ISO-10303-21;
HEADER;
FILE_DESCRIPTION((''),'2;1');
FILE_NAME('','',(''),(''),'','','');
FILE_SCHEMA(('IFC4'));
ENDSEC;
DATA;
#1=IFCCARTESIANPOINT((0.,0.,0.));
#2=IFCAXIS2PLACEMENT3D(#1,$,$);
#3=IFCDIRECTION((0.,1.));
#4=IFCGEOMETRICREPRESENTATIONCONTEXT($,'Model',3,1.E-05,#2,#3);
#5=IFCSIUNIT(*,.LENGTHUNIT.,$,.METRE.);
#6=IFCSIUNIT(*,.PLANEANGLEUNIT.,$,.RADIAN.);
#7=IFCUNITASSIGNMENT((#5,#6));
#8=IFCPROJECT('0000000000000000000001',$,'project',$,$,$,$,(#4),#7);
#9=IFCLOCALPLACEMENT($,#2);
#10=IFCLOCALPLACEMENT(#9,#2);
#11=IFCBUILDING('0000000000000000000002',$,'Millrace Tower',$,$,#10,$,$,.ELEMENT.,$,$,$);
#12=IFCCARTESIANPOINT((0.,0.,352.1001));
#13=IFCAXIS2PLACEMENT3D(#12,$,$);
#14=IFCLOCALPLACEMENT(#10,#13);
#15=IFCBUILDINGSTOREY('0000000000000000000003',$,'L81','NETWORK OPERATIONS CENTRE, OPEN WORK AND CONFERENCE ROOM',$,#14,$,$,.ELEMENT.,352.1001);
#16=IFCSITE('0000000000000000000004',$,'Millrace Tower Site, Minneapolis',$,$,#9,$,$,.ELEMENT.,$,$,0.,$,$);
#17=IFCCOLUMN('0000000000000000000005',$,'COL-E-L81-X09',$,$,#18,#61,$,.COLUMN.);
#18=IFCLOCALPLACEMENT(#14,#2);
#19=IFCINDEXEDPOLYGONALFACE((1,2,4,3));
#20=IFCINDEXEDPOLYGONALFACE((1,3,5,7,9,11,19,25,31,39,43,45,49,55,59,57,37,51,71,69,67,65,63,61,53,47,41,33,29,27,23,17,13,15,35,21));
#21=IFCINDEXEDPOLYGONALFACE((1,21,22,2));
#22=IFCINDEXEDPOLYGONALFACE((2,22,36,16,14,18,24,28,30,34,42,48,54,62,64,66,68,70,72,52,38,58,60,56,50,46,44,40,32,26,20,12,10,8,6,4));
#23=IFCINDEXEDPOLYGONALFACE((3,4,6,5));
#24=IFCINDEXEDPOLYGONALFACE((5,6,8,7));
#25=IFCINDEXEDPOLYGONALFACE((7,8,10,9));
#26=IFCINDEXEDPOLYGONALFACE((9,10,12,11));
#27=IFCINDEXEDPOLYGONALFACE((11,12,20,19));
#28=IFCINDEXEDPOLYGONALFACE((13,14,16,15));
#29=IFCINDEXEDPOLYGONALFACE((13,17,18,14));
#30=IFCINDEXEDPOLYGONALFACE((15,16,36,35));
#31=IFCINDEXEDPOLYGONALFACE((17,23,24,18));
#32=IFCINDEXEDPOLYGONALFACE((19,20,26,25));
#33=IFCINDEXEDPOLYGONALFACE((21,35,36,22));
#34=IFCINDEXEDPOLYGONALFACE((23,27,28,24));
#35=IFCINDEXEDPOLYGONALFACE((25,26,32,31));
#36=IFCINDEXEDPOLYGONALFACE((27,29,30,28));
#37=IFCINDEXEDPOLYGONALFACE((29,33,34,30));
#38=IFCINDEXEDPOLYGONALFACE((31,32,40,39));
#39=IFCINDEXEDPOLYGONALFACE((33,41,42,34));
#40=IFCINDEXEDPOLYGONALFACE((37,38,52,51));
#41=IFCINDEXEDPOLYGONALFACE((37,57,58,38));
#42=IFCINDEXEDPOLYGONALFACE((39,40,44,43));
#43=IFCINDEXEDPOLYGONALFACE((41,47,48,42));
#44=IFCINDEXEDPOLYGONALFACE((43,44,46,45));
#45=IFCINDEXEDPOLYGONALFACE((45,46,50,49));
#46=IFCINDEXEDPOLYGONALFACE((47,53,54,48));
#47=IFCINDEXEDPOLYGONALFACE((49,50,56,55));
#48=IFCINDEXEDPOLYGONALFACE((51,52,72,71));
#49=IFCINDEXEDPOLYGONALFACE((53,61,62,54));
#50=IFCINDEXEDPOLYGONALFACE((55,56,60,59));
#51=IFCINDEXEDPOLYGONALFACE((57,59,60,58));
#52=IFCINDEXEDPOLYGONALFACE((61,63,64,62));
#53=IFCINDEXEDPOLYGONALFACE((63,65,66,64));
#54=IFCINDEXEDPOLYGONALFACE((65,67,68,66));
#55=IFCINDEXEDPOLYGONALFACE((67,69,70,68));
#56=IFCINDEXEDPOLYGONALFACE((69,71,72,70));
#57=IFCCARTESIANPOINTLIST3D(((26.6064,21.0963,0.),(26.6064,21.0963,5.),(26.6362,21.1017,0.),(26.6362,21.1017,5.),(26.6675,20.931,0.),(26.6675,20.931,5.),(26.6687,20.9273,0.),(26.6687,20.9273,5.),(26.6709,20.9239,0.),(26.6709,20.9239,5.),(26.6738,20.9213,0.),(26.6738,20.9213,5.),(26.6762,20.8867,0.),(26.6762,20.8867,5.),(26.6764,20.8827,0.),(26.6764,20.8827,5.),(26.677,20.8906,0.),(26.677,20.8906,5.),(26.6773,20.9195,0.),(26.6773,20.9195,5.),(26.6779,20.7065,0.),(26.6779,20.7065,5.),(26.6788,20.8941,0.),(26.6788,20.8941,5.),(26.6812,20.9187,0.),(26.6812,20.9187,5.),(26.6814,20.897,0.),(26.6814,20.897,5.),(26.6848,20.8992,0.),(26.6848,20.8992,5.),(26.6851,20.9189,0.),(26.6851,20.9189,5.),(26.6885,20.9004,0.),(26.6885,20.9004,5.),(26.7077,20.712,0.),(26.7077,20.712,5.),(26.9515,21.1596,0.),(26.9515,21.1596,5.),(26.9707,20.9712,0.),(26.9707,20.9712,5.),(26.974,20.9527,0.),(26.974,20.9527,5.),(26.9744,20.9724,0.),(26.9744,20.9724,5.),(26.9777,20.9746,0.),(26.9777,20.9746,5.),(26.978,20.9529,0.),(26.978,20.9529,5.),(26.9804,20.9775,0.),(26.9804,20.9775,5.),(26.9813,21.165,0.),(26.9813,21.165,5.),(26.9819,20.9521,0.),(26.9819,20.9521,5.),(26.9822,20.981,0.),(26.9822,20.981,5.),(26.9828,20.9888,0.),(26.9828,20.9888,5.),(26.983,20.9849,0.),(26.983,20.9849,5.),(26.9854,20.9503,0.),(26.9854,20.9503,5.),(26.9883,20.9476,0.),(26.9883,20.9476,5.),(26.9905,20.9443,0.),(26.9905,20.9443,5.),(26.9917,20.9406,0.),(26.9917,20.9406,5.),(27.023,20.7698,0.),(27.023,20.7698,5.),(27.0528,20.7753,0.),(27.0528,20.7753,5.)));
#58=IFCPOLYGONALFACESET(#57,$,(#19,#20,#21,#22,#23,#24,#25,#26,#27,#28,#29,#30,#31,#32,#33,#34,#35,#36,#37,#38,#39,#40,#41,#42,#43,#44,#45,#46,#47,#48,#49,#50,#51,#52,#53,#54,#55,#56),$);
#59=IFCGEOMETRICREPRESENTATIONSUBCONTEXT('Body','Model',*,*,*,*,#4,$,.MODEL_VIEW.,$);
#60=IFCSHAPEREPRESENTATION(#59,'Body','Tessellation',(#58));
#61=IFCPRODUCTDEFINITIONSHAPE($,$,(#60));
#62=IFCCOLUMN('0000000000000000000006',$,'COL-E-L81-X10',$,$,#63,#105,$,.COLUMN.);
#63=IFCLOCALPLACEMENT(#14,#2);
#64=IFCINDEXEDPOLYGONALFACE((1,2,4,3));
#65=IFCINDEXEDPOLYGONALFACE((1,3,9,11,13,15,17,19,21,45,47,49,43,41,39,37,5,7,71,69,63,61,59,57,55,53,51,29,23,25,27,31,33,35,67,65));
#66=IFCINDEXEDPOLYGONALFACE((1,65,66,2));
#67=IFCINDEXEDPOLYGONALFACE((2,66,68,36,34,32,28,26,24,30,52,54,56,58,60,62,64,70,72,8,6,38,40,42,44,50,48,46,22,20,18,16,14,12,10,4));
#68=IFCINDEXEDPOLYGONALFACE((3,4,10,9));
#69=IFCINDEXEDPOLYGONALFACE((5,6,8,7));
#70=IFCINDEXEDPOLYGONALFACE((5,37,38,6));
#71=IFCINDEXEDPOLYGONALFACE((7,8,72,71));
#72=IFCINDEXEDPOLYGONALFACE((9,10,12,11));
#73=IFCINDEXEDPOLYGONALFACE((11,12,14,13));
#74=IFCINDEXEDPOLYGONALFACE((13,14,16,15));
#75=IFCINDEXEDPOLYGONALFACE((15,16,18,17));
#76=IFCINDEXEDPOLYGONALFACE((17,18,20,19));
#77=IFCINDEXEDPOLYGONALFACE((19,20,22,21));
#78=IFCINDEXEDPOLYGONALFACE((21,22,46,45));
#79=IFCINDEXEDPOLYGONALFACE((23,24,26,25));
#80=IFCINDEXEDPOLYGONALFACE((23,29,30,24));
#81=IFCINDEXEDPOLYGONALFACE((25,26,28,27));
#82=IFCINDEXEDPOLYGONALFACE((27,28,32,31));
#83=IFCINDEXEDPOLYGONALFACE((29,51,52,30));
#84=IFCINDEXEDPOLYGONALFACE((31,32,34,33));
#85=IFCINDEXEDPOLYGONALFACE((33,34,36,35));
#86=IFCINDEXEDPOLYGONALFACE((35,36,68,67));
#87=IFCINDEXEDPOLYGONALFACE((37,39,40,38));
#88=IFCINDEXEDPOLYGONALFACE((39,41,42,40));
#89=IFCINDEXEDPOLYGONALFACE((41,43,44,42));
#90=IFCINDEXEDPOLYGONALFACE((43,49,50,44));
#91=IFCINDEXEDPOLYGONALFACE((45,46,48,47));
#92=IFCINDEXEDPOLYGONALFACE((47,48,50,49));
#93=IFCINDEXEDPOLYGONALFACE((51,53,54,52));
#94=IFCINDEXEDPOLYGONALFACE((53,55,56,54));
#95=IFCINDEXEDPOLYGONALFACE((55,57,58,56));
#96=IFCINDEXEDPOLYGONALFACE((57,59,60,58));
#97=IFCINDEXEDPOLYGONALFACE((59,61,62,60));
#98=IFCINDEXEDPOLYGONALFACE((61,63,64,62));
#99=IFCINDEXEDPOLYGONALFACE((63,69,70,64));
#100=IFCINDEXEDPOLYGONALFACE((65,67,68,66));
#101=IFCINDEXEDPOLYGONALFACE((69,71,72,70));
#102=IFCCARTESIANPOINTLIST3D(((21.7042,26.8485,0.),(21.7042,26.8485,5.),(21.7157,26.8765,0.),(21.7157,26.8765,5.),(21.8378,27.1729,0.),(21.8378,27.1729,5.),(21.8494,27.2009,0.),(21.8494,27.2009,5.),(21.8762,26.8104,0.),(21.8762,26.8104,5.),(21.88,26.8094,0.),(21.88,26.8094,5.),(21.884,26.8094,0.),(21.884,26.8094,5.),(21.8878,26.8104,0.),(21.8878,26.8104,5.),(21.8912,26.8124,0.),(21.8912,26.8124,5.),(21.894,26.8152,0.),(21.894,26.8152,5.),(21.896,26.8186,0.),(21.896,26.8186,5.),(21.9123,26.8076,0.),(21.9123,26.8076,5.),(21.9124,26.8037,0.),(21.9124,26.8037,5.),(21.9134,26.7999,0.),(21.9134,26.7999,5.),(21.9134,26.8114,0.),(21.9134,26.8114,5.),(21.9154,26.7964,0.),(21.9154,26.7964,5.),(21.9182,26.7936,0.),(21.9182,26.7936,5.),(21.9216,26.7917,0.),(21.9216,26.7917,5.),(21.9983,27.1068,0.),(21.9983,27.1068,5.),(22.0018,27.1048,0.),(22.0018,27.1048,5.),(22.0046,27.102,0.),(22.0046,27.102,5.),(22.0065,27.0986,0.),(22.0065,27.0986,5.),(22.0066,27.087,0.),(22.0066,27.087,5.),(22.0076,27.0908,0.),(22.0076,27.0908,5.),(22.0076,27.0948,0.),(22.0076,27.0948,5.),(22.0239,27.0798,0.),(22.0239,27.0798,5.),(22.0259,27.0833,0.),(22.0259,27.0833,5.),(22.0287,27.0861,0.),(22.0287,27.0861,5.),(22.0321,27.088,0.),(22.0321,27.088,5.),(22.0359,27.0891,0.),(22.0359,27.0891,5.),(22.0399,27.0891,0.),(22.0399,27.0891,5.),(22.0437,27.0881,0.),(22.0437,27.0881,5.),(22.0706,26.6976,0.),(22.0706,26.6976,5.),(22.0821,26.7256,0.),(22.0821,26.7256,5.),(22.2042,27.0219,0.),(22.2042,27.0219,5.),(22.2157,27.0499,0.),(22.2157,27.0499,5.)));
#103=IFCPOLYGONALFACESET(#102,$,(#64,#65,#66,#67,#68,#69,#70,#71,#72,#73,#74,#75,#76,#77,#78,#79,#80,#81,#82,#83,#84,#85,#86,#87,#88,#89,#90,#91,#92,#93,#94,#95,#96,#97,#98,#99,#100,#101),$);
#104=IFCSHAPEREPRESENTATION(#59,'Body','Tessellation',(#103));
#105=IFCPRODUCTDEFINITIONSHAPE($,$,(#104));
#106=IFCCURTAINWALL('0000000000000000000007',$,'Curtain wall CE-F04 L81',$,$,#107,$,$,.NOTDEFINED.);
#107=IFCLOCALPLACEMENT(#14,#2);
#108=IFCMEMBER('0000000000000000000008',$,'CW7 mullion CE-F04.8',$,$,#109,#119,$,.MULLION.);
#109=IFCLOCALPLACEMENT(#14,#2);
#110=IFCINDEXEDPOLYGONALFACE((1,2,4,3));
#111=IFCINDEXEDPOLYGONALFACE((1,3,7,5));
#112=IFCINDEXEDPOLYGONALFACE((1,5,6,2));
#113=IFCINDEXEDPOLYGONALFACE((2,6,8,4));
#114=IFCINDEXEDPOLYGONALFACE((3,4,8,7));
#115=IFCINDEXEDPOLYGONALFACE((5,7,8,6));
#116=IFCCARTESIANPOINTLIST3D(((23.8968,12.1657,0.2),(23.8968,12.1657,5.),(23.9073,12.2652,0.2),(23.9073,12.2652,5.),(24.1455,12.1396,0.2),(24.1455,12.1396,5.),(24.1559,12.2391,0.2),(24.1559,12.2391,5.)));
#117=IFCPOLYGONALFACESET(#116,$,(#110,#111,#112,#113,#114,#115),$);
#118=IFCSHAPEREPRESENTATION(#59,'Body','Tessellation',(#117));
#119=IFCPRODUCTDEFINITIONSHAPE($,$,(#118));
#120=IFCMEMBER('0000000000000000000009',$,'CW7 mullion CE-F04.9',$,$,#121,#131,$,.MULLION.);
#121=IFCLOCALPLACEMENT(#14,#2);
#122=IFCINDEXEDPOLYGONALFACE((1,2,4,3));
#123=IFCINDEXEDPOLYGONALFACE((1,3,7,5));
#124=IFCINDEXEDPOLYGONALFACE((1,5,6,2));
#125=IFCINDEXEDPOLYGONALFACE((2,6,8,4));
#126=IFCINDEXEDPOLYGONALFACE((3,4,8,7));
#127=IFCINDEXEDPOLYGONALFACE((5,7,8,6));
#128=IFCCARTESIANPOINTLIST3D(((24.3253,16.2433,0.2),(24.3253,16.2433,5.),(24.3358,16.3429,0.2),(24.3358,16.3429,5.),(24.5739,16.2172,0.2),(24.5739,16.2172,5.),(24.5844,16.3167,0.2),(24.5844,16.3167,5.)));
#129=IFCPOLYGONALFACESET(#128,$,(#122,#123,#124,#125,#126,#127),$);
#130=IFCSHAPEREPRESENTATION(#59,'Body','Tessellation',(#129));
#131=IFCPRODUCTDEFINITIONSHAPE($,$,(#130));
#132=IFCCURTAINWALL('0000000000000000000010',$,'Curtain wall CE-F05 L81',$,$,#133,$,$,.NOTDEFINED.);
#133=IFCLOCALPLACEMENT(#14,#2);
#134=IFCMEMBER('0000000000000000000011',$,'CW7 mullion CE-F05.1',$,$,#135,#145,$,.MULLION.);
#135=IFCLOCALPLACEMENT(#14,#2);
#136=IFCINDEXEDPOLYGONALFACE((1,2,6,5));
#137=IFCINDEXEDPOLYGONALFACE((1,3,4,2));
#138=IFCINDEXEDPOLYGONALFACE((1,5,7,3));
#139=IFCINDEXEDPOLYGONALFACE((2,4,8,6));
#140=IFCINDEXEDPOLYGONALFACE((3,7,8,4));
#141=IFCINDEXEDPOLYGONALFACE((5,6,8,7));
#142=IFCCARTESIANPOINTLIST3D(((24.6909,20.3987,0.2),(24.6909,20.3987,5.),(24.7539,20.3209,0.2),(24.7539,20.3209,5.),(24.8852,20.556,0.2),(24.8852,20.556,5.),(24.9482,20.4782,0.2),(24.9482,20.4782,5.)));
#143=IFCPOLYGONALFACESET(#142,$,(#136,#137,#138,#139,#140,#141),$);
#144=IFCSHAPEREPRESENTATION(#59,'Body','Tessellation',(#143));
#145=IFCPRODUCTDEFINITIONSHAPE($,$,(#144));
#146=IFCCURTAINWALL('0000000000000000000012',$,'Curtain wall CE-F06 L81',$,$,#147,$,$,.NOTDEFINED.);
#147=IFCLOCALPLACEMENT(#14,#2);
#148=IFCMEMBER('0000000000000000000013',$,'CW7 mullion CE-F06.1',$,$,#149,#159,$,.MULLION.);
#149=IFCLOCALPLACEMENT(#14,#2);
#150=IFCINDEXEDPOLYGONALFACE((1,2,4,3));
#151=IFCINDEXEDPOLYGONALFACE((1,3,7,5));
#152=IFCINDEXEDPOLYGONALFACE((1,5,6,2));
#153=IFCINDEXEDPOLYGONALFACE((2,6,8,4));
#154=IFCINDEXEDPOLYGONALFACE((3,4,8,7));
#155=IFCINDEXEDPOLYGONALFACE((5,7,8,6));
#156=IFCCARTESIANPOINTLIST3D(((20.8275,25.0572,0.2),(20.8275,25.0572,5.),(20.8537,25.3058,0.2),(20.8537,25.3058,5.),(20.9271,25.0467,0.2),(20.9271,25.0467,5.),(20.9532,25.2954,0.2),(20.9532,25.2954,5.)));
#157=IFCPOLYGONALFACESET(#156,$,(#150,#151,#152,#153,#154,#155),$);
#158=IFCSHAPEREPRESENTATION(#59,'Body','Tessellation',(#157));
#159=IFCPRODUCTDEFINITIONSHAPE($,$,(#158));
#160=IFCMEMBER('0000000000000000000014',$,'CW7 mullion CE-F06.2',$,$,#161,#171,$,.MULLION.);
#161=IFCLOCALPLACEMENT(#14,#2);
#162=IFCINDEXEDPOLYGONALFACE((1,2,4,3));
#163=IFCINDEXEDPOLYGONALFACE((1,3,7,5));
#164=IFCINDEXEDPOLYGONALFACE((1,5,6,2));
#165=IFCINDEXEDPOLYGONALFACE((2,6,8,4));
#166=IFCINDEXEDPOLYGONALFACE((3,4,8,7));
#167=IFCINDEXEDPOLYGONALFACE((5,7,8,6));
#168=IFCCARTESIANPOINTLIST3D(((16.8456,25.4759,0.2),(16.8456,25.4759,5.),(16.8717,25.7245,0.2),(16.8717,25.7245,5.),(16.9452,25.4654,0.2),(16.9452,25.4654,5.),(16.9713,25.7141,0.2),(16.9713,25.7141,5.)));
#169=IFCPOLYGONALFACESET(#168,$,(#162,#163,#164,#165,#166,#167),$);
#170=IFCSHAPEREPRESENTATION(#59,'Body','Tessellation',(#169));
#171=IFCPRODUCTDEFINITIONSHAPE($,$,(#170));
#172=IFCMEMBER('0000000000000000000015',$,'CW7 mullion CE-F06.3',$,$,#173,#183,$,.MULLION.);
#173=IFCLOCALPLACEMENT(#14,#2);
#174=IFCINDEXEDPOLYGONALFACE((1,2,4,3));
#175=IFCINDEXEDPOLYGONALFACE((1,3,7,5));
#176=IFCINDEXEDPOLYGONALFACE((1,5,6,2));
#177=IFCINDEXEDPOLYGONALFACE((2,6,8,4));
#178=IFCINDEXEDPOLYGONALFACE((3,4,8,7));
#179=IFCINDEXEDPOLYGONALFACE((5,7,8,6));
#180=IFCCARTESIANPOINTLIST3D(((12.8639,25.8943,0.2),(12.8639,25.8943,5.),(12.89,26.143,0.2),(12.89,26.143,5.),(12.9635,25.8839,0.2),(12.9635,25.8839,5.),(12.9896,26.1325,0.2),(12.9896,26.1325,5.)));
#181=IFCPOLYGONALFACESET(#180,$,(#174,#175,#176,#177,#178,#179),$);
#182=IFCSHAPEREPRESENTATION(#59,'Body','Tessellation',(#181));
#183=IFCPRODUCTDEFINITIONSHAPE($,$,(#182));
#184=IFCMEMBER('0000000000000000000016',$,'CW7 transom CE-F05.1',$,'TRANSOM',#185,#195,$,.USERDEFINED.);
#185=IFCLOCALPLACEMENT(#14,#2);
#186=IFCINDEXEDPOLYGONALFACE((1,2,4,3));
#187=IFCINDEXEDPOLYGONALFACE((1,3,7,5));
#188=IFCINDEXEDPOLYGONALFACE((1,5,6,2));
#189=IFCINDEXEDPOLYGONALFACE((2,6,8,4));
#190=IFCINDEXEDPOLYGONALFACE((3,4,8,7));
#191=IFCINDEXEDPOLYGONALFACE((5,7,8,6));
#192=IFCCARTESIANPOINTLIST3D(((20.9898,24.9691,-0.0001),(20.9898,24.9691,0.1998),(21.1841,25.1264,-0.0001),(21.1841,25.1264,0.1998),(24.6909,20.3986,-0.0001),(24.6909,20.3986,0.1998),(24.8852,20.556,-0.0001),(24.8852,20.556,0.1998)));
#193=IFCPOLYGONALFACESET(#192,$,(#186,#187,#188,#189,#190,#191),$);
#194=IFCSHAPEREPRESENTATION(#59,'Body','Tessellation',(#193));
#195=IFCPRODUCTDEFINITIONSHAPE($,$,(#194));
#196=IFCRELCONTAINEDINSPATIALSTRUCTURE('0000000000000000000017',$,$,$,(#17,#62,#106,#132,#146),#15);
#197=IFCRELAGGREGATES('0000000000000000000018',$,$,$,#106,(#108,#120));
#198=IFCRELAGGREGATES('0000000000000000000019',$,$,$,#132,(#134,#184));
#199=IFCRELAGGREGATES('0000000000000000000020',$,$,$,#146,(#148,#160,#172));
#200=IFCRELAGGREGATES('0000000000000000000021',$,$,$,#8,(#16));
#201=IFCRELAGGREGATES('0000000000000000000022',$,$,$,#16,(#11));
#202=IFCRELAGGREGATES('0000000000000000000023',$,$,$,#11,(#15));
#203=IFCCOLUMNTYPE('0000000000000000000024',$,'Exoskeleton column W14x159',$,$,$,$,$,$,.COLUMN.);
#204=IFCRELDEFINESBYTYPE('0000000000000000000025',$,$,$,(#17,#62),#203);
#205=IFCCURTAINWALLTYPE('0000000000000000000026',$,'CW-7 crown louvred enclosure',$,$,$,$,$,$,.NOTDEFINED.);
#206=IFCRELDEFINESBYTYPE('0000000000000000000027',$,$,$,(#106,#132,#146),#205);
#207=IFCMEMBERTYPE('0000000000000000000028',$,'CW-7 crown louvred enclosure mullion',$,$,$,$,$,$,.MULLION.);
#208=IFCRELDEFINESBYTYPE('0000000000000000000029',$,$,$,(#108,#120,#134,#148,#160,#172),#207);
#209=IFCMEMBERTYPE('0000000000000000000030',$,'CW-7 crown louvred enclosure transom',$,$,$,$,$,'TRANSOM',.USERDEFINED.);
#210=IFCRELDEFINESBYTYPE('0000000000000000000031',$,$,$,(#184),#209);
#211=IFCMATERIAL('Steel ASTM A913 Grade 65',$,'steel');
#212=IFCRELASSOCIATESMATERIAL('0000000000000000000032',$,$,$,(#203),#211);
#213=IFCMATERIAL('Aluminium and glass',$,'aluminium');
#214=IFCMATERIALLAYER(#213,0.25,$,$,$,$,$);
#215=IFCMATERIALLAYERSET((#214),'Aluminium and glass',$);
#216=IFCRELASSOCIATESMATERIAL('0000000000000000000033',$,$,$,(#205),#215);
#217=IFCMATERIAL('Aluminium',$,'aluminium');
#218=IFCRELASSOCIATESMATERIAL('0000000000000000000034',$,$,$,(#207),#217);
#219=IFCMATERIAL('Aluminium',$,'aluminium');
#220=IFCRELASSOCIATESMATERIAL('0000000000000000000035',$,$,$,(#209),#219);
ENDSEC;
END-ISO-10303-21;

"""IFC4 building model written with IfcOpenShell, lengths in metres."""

from ifc_helpers import new_model, si_unit, direction, frame, origin, origin_2d, place, context, subcontext, project, spatial, rectangle, i_section, extrude, material, layer, layer_set, material_profile, profile_set, type_object, element, aggregate, save


model = new_model("IFC4")

# Units and contexts
model_context = context("Model", 3, precision=1e-05, world=origin(), true_north=direction((0.0, 1.0)))
body_context = subcontext(model_context, "Body", "Model", "MODEL_VIEW")
ifc_project = project(units=[si_unit("LENGTHUNIT", "METRE"), si_unit("PLANEANGLEUNIT", "RADIAN")], contexts=[model_context])

# Site, building, storey
site_placement = place(None, origin())
site = spatial("IfcSite", under=ifc_project, at=site_placement, Name="Millrace Tower Site, Minneapolis", CompositionType="ELEMENT", RefElevation=0.0)
building_placement = place(site_placement, origin())
building = spatial("IfcBuilding", under=site, at=building_placement, Name="Millrace Tower", CompositionType="ELEMENT")
storey_placement = place(building_placement, frame((0.0, 0.0, 352.1001)))
storey = spatial("IfcBuildingStorey", under=building, at=storey_placement, Name="L81", Description="NETWORK OPERATIONS CENTRE, OPEN WORK AND CONFERENCE ROOM", CompositionType="ELEMENT", Elevation=352.1001)

# Columns
ifc_material_1 = material(Name="Steel ASTM A913 Grade 65", Category="steel")
ifc_material_profile_1 = material_profile(ifc_material_1, i_section(OverallWidth=0.3962, OverallDepth=0.3811, WebThickness=0.0188, FlangeThickness=0.0303, FilletRadius=0.0151, at=origin_2d()))
ifc_profile_set_1 = profile_set([ifc_material_profile_1], Name="Steel ASTM A913 Grade 65")
column_type = type_object("IfcColumnType", Name="Exoskeleton column W14x159", PredefinedType="COLUMN", material=ifc_profile_set_1)
for number, where, z_axis, x_axis, name in (
    (1, (26.8296, 20.9358, 0.0), (0.0, 0.0, 1.0), (-0.180387, 0.983596, 0.0), "COL-E-L81-X09"),
    (2, (21.96, 26.9492, 0.0), (0.0, 0.0, 1.0), (-0.924597, 0.380947, 0.0), "COL-E-L81-X10"),
):
    element("IfcColumn", number, at=place(storey_placement, frame(where, z_axis=z_axis, x_axis=x_axis)), inside=storey, type_object=column_type, Name=name, PredefinedType="COLUMN", context=body_context, shape_type="SweptSolid", body=[
        extrude(i_section(OverallWidth=0.3962, OverallDepth=0.3811, WebThickness=0.0188, FlangeThickness=0.0303, FilletRadius=0.0151, at=origin_2d()), origin(), (0.0, 0.0, 1.0), 5.0),
    ])

# Curtain wall, members
ifc_material_2 = material(Name="Aluminium and glass", Category="aluminium")
ifc_layer_1 = layer(ifc_material_2, 0.25)
ifc_layer_set_1 = layer_set([ifc_layer_1], Name="Aluminium and glass")
curtain_wall_type = type_object("IfcCurtainWallType", Name="CW-7 crown louvred enclosure", PredefinedType="NOTDEFINED", material=ifc_layer_set_1)
placement = place(storey_placement, origin())
curtain_wall_1 = element("IfcCurtainWall", 3, at=placement, inside=storey, type_object=curtain_wall_type, Name="Curtain wall CE-F04 L81", PredefinedType="NOTDEFINED")
ifc_material_3 = material(Name="Aluminium", Category="aluminium")
ifc_material_profile_2 = material_profile(ifc_material_3, rectangle(XDim=0.1001, YDim=0.25, at=origin_2d()))
ifc_profile_set_2 = profile_set([ifc_material_profile_2], Name="Aluminium")
member_type_1 = type_object("IfcMemberType", Name="CW-7 crown louvred enclosure mullion", PredefinedType="MULLION", material=ifc_profile_set_2)
member_1_placement = place(storey_placement, frame((24.0264, 12.2024, 0.2), z_axis=(0.0, 0.0, 1.0), x_axis=(0.104528, 0.994522, 0.0)))
member_1 = element("IfcMember", 4, at=member_1_placement, type_object=member_type_1, Name="CW7 mullion CE-F04.8", PredefinedType="MULLION", context=body_context, shape_type="SweptSolid", body=[
    extrude(rectangle(XDim=0.1001, YDim=0.25, at=origin_2d()), origin(), (0.0, 0.0, 1.0), 4.8),
])
member_2_placement = place(storey_placement, frame((24.4548, 16.28, 0.2), z_axis=(0.0, 0.0, 1.0), x_axis=(0.104528, 0.994522, 0.0)))
member_2 = element("IfcMember", 5, at=member_2_placement, type_object=member_type_1, Name="CW7 mullion CE-F04.9", PredefinedType="MULLION", context=body_context, shape_type="SweptSolid", body=[
    extrude(rectangle(XDim=0.1001, YDim=0.25, at=origin_2d()), origin(), (0.0, 0.0, 1.0), 4.8),
])
aggregate(curtain_wall_1, [member_1, member_2])

# Curtain wall, member
curtain_wall_2 = element("IfcCurtainWall", 6, at=placement, inside=storey, type_object=curtain_wall_type, Name="Curtain wall CE-F05 L81", PredefinedType="NOTDEFINED")
member_3_placement = place(storey_placement, frame((24.8196, 20.4385, 0.2), z_axis=(0.0, 0.0, 1.0), x_axis=(-0.62932, 0.777146, 0.0)))
member_3 = element("IfcMember", 7, at=member_3_placement, type_object=member_type_1, Name="CW7 mullion CE-F05.1", PredefinedType="MULLION", context=body_context, shape_type="SweptSolid", body=[
    extrude(rectangle(XDim=0.1001, YDim=0.25, at=origin_2d()), origin(), (0.0, 0.0, 1.0), 4.8),
])

# Curtain wall, members
curtain_wall_3 = element("IfcCurtainWall", 8, at=placement, inside=storey, type_object=curtain_wall_type, Name="Curtain wall CE-F06 L81", PredefinedType="NOTDEFINED")
member_4_placement = place(storey_placement, frame((20.8904, 25.1763, 0.2), z_axis=(0.0, 0.0, 1.0), x_axis=(-0.994522, 0.104528, 0.0)))
member_4 = element("IfcMember", 9, at=member_4_placement, type_object=member_type_1, Name="CW7 mullion CE-F06.1", PredefinedType="MULLION", context=body_context, shape_type="SweptSolid", body=[
    extrude(rectangle(XDim=0.1001, YDim=0.25, at=origin_2d()), origin(), (0.0, 0.0, 1.0), 4.8),
])
member_5_placement = place(storey_placement, frame((16.9084, 25.595, 0.2), z_axis=(0.0, 0.0, 1.0), x_axis=(-0.994522, 0.104528, 0.0)))
member_5 = element("IfcMember", 10, at=member_5_placement, type_object=member_type_1, Name="CW7 mullion CE-F06.2", PredefinedType="MULLION", context=body_context, shape_type="SweptSolid", body=[
    extrude(rectangle(XDim=0.1001, YDim=0.25, at=origin_2d()), origin(), (0.0, 0.0, 1.0), 4.8),
])
member_6_placement = place(storey_placement, frame((12.9268, 26.0134, 0.2), z_axis=(0.0, 0.0, 1.0), x_axis=(-0.994522, 0.104528, 0.0)))
member_6 = element("IfcMember", 11, at=member_6_placement, type_object=member_type_1, Name="CW7 mullion CE-F06.3", PredefinedType="MULLION", context=body_context, shape_type="SweptSolid", body=[
    extrude(rectangle(XDim=0.1001, YDim=0.25, at=origin_2d()), origin(), (0.0, 0.0, 1.0), 4.8),
])

# Member
ifc_material_4 = material(Name="Aluminium", Category="aluminium")
ifc_material_profile_3 = material_profile(ifc_material_4, rectangle(XDim=0.25, YDim=0.2, at=origin_2d()))
ifc_profile_set_3 = profile_set([ifc_material_profile_3], Name="Aluminium")
member_type_2 = type_object("IfcMemberType", Name="CW-7 crown louvred enclosure transom", ElementType="TRANSOM", PredefinedType="USERDEFINED", material=ifc_profile_set_3)
member_7_placement = place(storey_placement, frame((24.7881, 20.4773, 0.0999), z_axis=(-0.629321, 0.777145, 0.0), x_axis=(-0.777145, -0.629321, 0.0)))
member_7 = element("IfcMember", 12, at=member_7_placement, type_object=member_type_2, Name="CW7 transom CE-F05.1", ObjectType="TRANSOM", PredefinedType="USERDEFINED", context=body_context, shape_type="SweptSolid", body=[
    extrude(rectangle(XDim=0.25, YDim=0.2, at=origin_2d()), origin(), (0.0, 0.0, 1.0), 5.8811),
])
aggregate(curtain_wall_2, [member_3, member_7])
aggregate(curtain_wall_3, [member_4, member_5, member_6])

save(model, "model.ifc")
